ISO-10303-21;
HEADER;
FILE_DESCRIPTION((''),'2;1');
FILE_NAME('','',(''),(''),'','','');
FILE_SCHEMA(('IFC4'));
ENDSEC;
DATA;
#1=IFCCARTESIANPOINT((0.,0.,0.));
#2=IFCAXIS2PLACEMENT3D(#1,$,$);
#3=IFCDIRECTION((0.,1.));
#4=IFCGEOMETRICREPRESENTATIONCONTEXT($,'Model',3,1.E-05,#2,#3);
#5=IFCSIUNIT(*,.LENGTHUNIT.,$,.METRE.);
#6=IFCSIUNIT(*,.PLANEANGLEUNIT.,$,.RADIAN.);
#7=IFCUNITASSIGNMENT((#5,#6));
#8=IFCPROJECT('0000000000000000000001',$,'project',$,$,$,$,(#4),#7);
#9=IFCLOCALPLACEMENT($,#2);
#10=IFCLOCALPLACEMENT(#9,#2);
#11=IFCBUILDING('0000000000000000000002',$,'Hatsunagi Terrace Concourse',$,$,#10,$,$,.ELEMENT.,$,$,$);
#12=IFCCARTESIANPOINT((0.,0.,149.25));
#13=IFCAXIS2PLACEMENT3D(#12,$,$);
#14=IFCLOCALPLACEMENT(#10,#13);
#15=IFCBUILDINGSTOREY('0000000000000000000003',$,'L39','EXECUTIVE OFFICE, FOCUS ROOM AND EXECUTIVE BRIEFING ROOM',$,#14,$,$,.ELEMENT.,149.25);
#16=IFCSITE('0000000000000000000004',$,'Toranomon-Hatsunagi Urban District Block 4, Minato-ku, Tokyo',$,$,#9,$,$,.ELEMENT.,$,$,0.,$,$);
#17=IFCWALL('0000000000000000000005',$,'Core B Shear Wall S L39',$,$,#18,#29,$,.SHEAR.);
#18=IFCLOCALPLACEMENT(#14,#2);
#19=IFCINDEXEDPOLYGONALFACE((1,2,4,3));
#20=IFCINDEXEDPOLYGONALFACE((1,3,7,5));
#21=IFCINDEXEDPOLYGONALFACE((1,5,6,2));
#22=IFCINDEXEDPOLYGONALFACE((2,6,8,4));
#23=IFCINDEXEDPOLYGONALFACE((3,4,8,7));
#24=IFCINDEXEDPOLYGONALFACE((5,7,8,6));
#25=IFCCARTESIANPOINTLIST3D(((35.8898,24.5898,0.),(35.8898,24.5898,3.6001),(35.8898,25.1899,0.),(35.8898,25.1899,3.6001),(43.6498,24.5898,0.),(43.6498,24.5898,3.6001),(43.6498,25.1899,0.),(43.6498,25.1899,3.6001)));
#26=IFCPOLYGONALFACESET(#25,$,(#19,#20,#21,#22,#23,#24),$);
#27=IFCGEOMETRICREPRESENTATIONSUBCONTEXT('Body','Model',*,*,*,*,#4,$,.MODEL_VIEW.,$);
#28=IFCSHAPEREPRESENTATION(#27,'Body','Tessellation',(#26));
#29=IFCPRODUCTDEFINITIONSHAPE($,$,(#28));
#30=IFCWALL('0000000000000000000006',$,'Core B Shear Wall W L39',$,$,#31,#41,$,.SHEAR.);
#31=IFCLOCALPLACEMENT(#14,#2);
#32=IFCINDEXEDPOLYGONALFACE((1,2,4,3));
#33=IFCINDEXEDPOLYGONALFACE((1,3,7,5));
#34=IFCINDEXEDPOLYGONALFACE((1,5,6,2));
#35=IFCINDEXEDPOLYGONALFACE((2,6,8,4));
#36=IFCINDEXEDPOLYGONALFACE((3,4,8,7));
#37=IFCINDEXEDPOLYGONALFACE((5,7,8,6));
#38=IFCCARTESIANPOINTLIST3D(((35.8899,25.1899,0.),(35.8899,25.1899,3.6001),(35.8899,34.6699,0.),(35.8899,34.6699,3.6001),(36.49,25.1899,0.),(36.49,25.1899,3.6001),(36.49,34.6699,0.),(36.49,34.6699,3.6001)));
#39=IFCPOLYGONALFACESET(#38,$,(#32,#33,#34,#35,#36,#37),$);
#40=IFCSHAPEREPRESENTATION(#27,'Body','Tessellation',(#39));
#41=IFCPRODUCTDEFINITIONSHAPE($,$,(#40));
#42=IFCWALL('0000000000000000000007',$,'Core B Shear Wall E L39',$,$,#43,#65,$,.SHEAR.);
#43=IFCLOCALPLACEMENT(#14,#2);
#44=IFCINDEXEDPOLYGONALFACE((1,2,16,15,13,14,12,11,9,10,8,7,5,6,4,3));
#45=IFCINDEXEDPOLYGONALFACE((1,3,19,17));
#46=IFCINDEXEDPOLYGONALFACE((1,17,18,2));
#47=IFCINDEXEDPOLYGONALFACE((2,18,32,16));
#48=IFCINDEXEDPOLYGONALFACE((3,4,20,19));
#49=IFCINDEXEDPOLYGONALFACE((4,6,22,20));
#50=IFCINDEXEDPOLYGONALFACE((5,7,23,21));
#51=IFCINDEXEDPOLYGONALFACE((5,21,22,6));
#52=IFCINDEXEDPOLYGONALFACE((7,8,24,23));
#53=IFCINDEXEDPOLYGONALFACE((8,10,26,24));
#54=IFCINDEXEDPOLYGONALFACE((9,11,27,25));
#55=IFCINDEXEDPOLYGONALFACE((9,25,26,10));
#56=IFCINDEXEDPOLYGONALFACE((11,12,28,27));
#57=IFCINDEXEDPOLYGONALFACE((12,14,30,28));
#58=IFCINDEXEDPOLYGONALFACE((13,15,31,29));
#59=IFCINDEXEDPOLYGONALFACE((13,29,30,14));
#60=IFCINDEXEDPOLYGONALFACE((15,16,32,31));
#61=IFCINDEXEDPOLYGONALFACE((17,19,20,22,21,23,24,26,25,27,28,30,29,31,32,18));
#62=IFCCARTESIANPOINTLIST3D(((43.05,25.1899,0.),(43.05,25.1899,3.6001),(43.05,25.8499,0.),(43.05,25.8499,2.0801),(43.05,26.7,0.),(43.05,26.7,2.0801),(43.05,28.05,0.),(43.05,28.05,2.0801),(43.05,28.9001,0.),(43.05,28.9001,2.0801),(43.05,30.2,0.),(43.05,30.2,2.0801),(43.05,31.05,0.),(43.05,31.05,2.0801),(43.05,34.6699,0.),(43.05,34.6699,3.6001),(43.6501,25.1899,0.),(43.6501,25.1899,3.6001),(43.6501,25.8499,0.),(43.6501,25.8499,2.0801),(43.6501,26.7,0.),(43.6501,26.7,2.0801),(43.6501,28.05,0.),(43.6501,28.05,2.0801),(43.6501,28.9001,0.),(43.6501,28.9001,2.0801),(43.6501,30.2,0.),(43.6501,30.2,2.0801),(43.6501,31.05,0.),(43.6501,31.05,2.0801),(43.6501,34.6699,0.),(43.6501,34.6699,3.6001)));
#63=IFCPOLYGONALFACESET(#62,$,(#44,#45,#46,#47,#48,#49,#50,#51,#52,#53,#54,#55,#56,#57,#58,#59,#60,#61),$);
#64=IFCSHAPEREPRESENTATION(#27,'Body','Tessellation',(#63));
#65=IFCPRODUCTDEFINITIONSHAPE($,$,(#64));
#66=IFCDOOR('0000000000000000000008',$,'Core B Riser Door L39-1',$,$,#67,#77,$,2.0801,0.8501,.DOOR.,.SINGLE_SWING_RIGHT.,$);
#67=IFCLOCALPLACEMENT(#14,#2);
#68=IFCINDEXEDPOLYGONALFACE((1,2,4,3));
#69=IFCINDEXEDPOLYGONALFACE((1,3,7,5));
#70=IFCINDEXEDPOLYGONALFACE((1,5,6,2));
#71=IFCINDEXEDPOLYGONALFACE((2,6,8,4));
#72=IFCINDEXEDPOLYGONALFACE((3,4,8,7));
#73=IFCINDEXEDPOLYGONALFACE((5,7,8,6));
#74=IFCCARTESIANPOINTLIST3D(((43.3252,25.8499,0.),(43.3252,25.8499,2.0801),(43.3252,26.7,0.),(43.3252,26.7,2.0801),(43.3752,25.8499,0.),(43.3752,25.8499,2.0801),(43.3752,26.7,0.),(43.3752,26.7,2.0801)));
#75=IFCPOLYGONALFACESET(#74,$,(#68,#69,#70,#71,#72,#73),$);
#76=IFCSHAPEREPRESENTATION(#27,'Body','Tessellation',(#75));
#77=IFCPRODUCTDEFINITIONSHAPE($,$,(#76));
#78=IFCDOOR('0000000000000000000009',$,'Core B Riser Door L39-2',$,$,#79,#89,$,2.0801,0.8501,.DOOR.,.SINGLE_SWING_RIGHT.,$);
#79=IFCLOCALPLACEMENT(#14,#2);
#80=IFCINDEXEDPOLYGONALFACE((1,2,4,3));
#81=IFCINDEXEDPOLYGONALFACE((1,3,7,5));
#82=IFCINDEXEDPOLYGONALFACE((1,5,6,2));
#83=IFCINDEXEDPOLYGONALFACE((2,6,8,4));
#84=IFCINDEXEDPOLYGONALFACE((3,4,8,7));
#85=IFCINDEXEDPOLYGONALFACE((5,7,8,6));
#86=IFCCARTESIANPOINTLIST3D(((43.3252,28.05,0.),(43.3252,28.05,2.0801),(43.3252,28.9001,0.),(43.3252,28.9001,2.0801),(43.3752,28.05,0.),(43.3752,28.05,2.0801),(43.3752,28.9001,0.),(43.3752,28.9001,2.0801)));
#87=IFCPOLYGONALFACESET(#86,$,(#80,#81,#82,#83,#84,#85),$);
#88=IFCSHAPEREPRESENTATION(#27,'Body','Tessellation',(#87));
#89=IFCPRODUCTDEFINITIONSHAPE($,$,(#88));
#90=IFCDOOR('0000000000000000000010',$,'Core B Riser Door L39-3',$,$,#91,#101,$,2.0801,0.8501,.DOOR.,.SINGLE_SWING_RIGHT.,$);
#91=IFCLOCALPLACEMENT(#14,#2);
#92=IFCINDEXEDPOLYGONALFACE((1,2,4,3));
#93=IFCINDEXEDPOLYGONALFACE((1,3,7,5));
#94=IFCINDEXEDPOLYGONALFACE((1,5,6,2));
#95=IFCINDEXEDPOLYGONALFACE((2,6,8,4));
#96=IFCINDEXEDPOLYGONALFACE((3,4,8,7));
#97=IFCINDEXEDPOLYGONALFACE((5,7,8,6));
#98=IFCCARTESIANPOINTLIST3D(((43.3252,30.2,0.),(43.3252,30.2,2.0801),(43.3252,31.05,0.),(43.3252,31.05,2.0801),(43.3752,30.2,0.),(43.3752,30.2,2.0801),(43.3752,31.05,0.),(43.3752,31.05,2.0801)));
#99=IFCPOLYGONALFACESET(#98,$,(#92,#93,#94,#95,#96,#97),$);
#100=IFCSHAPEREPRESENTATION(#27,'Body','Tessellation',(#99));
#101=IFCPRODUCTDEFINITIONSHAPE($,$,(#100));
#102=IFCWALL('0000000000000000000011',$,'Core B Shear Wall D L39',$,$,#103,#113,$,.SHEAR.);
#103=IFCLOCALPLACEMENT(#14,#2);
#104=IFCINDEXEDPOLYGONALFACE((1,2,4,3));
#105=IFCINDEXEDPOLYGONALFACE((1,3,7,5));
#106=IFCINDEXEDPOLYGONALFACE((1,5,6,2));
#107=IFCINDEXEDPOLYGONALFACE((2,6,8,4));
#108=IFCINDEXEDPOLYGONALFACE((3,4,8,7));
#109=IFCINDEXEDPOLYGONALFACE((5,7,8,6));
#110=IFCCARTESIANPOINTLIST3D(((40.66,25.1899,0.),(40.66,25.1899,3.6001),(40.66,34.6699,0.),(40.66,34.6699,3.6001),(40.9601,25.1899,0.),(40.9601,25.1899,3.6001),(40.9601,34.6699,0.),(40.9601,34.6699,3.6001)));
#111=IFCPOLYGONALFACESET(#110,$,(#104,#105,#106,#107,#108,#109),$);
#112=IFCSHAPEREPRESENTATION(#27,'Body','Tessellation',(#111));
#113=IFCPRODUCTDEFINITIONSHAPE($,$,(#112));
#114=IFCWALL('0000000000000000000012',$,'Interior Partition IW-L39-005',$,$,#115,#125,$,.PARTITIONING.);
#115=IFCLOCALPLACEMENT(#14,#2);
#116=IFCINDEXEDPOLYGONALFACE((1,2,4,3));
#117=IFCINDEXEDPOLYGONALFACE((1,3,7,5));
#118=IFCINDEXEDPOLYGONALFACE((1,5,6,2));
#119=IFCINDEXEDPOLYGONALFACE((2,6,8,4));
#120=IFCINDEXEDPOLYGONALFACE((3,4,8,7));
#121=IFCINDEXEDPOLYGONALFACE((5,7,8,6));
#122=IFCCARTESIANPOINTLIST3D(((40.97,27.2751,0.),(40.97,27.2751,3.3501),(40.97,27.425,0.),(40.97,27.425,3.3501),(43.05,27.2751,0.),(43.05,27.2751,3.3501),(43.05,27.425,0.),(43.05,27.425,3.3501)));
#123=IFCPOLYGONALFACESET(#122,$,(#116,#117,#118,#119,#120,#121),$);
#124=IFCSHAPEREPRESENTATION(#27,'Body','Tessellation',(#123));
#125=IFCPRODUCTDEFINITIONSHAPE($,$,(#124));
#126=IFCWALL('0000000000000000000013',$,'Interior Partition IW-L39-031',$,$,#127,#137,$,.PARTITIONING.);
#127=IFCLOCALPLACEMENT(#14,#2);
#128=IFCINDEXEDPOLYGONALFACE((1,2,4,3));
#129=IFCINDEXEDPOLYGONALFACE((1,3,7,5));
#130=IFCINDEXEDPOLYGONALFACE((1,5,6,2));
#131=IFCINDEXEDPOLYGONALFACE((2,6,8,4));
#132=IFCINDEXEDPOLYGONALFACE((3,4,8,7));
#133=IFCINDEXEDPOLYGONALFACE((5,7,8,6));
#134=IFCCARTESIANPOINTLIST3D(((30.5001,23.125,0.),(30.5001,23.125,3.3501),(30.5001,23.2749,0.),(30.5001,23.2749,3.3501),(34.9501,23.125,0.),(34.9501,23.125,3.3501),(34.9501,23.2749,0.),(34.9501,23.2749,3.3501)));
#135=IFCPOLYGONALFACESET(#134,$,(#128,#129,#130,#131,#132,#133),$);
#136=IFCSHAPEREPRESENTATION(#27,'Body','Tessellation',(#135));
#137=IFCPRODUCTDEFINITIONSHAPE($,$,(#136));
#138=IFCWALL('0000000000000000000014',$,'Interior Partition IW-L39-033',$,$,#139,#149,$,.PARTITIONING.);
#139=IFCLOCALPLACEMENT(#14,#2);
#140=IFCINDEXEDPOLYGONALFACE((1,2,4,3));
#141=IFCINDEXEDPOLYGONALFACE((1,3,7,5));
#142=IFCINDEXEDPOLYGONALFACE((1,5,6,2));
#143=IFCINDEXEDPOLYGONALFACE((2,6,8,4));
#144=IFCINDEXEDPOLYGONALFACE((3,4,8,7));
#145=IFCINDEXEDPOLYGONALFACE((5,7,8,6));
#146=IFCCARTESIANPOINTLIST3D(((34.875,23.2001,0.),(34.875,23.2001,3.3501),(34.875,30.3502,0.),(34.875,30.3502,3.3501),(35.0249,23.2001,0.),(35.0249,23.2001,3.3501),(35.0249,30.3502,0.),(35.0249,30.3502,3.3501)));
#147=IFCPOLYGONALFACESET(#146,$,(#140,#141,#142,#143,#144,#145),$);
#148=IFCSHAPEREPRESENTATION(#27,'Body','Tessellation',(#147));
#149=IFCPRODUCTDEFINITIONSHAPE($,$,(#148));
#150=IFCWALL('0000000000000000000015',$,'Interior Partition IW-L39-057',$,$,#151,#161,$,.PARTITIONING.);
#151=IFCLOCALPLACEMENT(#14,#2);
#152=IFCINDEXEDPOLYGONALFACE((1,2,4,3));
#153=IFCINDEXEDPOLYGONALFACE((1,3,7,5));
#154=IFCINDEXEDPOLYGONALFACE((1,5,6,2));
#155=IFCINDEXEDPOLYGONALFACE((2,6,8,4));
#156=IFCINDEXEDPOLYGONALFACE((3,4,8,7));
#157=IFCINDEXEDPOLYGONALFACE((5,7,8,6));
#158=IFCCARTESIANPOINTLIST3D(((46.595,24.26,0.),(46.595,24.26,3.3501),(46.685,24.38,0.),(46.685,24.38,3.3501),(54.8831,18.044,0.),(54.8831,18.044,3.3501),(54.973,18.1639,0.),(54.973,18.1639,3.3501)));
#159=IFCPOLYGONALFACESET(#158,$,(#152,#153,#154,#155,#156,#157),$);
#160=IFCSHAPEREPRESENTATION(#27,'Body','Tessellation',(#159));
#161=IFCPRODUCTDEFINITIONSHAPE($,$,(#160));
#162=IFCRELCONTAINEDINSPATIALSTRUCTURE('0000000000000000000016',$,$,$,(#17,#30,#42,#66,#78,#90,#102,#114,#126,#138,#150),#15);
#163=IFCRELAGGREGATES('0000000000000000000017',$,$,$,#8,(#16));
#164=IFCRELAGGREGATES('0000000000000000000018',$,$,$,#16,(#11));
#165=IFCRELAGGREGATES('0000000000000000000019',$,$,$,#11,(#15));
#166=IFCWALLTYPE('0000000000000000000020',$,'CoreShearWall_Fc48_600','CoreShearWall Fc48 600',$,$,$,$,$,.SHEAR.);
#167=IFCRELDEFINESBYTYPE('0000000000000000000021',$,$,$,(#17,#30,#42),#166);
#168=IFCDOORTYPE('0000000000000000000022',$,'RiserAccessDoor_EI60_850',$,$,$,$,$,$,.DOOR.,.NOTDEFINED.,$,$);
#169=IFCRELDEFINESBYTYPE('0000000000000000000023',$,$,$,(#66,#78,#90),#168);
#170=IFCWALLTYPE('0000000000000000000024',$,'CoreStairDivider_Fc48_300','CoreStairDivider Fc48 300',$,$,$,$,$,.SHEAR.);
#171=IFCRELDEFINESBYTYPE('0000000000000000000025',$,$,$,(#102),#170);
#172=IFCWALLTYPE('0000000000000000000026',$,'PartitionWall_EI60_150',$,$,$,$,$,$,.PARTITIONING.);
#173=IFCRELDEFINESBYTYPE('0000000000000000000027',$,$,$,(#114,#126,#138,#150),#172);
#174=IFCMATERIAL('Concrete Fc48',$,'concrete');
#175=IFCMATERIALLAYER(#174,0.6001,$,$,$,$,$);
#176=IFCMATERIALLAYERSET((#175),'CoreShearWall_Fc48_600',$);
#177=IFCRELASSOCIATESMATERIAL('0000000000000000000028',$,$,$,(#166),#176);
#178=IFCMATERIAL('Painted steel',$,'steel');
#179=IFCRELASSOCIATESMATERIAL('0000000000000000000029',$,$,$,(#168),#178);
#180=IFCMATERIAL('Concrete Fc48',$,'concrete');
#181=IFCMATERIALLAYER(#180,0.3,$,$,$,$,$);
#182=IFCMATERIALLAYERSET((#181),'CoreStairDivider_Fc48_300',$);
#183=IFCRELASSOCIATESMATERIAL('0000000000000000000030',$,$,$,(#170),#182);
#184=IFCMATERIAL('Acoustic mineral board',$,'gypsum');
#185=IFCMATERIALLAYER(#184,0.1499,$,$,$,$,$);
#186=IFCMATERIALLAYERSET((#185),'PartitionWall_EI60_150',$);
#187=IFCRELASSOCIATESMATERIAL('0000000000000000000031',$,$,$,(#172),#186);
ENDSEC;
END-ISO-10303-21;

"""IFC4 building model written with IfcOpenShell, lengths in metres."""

from ifc_helpers import new_model, si_unit, direction, frame, frame_2d, origin, place, context, subcontext, project, spatial, rectangle, extrude, material, layer, layer_set, type_object, element, fill, save


model = new_model("IFC4")

# Units and contexts
model_context = context("Model", 3, precision=1e-05, world=origin(), true_north=direction((0.0, 1.0)))
body_context = subcontext(model_context, "Body", "Model", "MODEL_VIEW")
ifc_project = project(units=[si_unit("LENGTHUNIT", "METRE"), si_unit("PLANEANGLEUNIT", "RADIAN")], contexts=[model_context])

# Site, building, storey
site_placement = place(None, origin())
site = spatial("IfcSite", under=ifc_project, at=site_placement, Name="Toranomon-Hatsunagi Urban District Block 4, Minato-ku, Tokyo", CompositionType="ELEMENT", RefElevation=0.0)
building_placement = place(site_placement, origin())
building = spatial("IfcBuilding", under=site, at=building_placement, Name="Hatsunagi Terrace Concourse", CompositionType="ELEMENT")
storey_placement = place(building_placement, frame((0.0, 0.0, 149.25)))
storey = spatial("IfcBuildingStorey", under=building, at=storey_placement, Name="L39", Description="EXECUTIVE OFFICE, FOCUS ROOM AND EXECUTIVE BRIEFING ROOM", CompositionType="ELEMENT", Elevation=149.25)

# Walls
ifc_material_1 = material(Name="Concrete Fc48", Category="concrete")
ifc_layer_1 = layer(ifc_material_1, 0.6001)
ifc_layer_set_1 = layer_set([ifc_layer_1], Name="CoreShearWall_Fc48_600")
wall_type_1 = type_object("IfcWallType", Name="CoreShearWall_Fc48_600", Description="CoreShearWall Fc48 600", PredefinedType="SHEAR", material=ifc_layer_set_1)
wall_1_placement = place(storey_placement, frame((35.8899, 24.8899, 0.0), z_axis=(0.0, 0.0, 1.0), x_axis=(1.0, 0.0, 0.0)))
element("IfcWall", 1, at=wall_1_placement, inside=storey, type_object=wall_type_1, Name="Core B Shear Wall S L39", PredefinedType="SHEAR", context=body_context, shape_type="SweptSolid", body=[
    extrude(rectangle(XDim=7.76, YDim=0.6001, at=frame_2d((3.8799, 0.0))), origin(), (0.0, 0.0, 1.0), 3.6001),
])
wall_2_placement = place(storey_placement, frame((36.1899, 25.1899, 0.0), z_axis=(0.0, 0.0, 1.0), x_axis=(0.0, 1.0, 0.0)))
element("IfcWall", 2, at=wall_2_placement, inside=storey, type_object=wall_type_1, Name="Core B Shear Wall W L39", PredefinedType="SHEAR", context=body_context, shape_type="SweptSolid", body=[
    extrude(rectangle(XDim=9.48, YDim=0.6001, at=frame_2d((4.74, 0.0))), origin(), (0.0, 0.0, 1.0), 3.6001),
])

# Wall, openings, doors
wall_3_placement = place(storey_placement, frame((43.3501, 25.1899, 0.0), z_axis=(0.0, 0.0, 1.0), x_axis=(0.0, 1.0, 0.0)))
wall_3 = element("IfcWall", 3, at=wall_3_placement, inside=storey, type_object=wall_type_1, Name="Core B Shear Wall E L39", PredefinedType="SHEAR", context=body_context, shape_type="SweptSolid", body=[
    extrude(rectangle(XDim=9.48, YDim=0.6001, at=frame_2d((4.74, 0.0))), origin(), (0.0, 0.0, 1.0), 3.6001),
])
opening_1_placement = place(wall_3_placement, frame((0.6599, 0.0, 0.0)))
opening_1 = element("IfcOpeningElement", 4, at=opening_1_placement, cuts=wall_3, PredefinedType="OPENING", context=body_context, shape_type="SweptSolid", body=[
    extrude(rectangle(XDim=0.8501, YDim=2.0801, at=frame_2d((0.425, 1.04))), frame((0.0, 0.3101, 0.0), z_axis=(0.0, -1.0, 0.0), x_axis=(1.0, 0.0, 0.0)), (0.0, 0.0, 1.0), 0.6201),
])
opening_2_placement = place(wall_3_placement, frame((2.8601, 0.0, 0.0)))
opening_2 = element("IfcOpeningElement", 5, at=opening_2_placement, cuts=wall_3, PredefinedType="OPENING", context=body_context, shape_type="SweptSolid", body=[
    extrude(rectangle(XDim=0.8501, YDim=2.0801, at=frame_2d((0.425, 1.04))), frame((0.0, 0.3101, 0.0), z_axis=(0.0, -1.0, 0.0), x_axis=(1.0, 0.0, 0.0)), (0.0, 0.0, 1.0), 0.6201),
])
opening_3_placement = place(wall_3_placement, frame((5.01, 0.0, 0.0)))
opening_3 = element("IfcOpeningElement", 6, at=opening_3_placement, cuts=wall_3, PredefinedType="OPENING", context=body_context, shape_type="SweptSolid", body=[
    extrude(rectangle(XDim=0.8501, YDim=2.0801, at=frame_2d((0.425, 1.04))), frame((0.0, 0.3101, 0.0), z_axis=(0.0, -1.0, 0.0), x_axis=(1.0, 0.0, 0.0)), (0.0, 0.0, 1.0), 0.6201),
])
ifc_material_2 = material(Name="Painted steel", Category="steel")
door_type_1 = type_object("IfcDoorType", Name="RiserAccessDoor_EI60_850", OperationType="NOTDEFINED", PredefinedType="DOOR", material=ifc_material_2)
door_1_placement = place(opening_1_placement, origin())
door_1 = element("IfcDoor", 7, at=door_1_placement, inside=storey, type_object=door_type_1, Name="Core B Riser Door L39-1", OperationType="SINGLE_SWING_RIGHT", OverallHeight=2.0801, OverallWidth=0.8501, PredefinedType="DOOR", context=body_context, shape_type="SweptSolid", body=[
    extrude(rectangle(XDim=0.8501, YDim=2.0801, at=frame_2d((0.425, 1.04))), frame((0.0, 0.0249, 0.0), z_axis=(0.0, -1.0, 0.0), x_axis=(1.0, 0.0, 0.0)), (0.0, 0.0, 1.0), 0.05),
])
fill(opening_1, door_1)
door_2_placement = place(opening_2_placement, origin())
door_2 = element("IfcDoor", 8, at=door_2_placement, inside=storey, type_object=door_type_1, Name="Core B Riser Door L39-2", OperationType="SINGLE_SWING_RIGHT", OverallHeight=2.0801, OverallWidth=0.8501, PredefinedType="DOOR", context=body_context, shape_type="SweptSolid", body=[
    extrude(rectangle(XDim=0.8501, YDim=2.0801, at=frame_2d((0.425, 1.04))), frame((0.0, 0.0249, 0.0), z_axis=(0.0, -1.0, 0.0), x_axis=(1.0, 0.0, 0.0)), (0.0, 0.0, 1.0), 0.05),
])
fill(opening_2, door_2)
door_3_placement = place(opening_3_placement, origin())
door_3 = element("IfcDoor", 9, at=door_3_placement, inside=storey, type_object=door_type_1, Name="Core B Riser Door L39-3", OperationType="SINGLE_SWING_RIGHT", OverallHeight=2.0801, OverallWidth=0.8501, PredefinedType="DOOR", context=body_context, shape_type="SweptSolid", body=[
    extrude(rectangle(XDim=0.8501, YDim=2.0801, at=frame_2d((0.425, 1.04))), frame((0.0, 0.0249, 0.0), z_axis=(0.0, -1.0, 0.0), x_axis=(1.0, 0.0, 0.0)), (0.0, 0.0, 1.0), 0.05),
])
fill(opening_3, door_3)

# Walls
ifc_material_3 = material(Name="Concrete Fc48", Category="concrete")
ifc_layer_2 = layer(ifc_material_3, 0.3)
ifc_layer_set_2 = layer_set([ifc_layer_2], Name="CoreStairDivider_Fc48_300")
wall_type_2 = type_object("IfcWallType", Name="CoreStairDivider_Fc48_300", Description="CoreStairDivider Fc48 300", PredefinedType="SHEAR", material=ifc_layer_set_2)
wall_4_placement = place(storey_placement, frame((40.8101, 25.1899, 0.0), z_axis=(0.0, 0.0, 1.0), x_axis=(0.0, 1.0, 0.0)))
element("IfcWall", 10, at=wall_4_placement, inside=storey, type_object=wall_type_2, Name="Core B Shear Wall D L39", PredefinedType="SHEAR", context=body_context, shape_type="SweptSolid", body=[
    extrude(rectangle(XDim=9.48, YDim=0.3, at=frame_2d((4.74, 0.0))), origin(), (0.0, 0.0, 1.0), 3.6001),
])
ifc_material_4 = material(Name="Acoustic mineral board", Category="gypsum")
ifc_layer_3 = layer(ifc_material_4, 0.1499)
ifc_layer_set_3 = layer_set([ifc_layer_3], Name="PartitionWall_EI60_150")
wall_type_3 = type_object("IfcWallType", Name="PartitionWall_EI60_150", PredefinedType="PARTITIONING", material=ifc_layer_set_3)
wall_5_placement = place(storey_placement, frame((40.97, 27.3501, 0.0), z_axis=(0.0, 0.0, 1.0), x_axis=(1.0, 0.0, 0.0)))
element("IfcWall", 11, at=wall_5_placement, inside=storey, type_object=wall_type_3, Name="Interior Partition IW-L39-005", PredefinedType="PARTITIONING", context=body_context, shape_type="SweptSolid", body=[
    extrude(rectangle(XDim=2.0801, YDim=0.1499, at=frame_2d((1.04, 0.0))), origin(), (0.0, 0.0, 1.0), 3.3501),
])
wall_6_placement = place(storey_placement, frame((30.5, 23.2, 0.0), z_axis=(0.0, 0.0, 1.0), x_axis=(1.0, 0.0, 0.0)))
element("IfcWall", 12, at=wall_6_placement, inside=storey, type_object=wall_type_3, Name="Interior Partition IW-L39-031", PredefinedType="PARTITIONING", context=body_context, shape_type="SweptSolid", body=[
    extrude(rectangle(XDim=4.45, YDim=0.1499, at=frame_2d((2.2251, 0.0))), origin(), (0.0, 0.0, 1.0), 3.3501),
])
wall_7_placement = place(storey_placement, frame((34.95, 23.2, 0.0), z_axis=(0.0, 0.0, 1.0), x_axis=(0.0, 1.0, 0.0)))
element("IfcWall", 13, at=wall_7_placement, inside=storey, type_object=wall_type_3, Name="Interior Partition IW-L39-033", PredefinedType="PARTITIONING", context=body_context, shape_type="SweptSolid", body=[
    extrude(rectangle(XDim=7.1501, YDim=0.1499, at=frame_2d((3.5752, 0.0))), origin(), (0.0, 0.0, 1.0), 3.3501),
])
wall_8_placement = place(storey_placement, frame((46.6399, 24.3201, 0.0), z_axis=(0.0, 0.0, 1.0), x_axis=(0.8, -0.6, 0.0)))
element("IfcWall", 14, at=wall_8_placement, inside=storey, type_object=wall_type_3, Name="Interior Partition IW-L39-057", PredefinedType="PARTITIONING", context=body_context, shape_type="SweptSolid", body=[
    extrude(rectangle(XDim=10.3601, YDim=0.1499, at=frame_2d((5.1802, 0.0))), origin(), (0.0, 0.0, 1.0), 3.3501),
])

save(model, "model.ifc")
